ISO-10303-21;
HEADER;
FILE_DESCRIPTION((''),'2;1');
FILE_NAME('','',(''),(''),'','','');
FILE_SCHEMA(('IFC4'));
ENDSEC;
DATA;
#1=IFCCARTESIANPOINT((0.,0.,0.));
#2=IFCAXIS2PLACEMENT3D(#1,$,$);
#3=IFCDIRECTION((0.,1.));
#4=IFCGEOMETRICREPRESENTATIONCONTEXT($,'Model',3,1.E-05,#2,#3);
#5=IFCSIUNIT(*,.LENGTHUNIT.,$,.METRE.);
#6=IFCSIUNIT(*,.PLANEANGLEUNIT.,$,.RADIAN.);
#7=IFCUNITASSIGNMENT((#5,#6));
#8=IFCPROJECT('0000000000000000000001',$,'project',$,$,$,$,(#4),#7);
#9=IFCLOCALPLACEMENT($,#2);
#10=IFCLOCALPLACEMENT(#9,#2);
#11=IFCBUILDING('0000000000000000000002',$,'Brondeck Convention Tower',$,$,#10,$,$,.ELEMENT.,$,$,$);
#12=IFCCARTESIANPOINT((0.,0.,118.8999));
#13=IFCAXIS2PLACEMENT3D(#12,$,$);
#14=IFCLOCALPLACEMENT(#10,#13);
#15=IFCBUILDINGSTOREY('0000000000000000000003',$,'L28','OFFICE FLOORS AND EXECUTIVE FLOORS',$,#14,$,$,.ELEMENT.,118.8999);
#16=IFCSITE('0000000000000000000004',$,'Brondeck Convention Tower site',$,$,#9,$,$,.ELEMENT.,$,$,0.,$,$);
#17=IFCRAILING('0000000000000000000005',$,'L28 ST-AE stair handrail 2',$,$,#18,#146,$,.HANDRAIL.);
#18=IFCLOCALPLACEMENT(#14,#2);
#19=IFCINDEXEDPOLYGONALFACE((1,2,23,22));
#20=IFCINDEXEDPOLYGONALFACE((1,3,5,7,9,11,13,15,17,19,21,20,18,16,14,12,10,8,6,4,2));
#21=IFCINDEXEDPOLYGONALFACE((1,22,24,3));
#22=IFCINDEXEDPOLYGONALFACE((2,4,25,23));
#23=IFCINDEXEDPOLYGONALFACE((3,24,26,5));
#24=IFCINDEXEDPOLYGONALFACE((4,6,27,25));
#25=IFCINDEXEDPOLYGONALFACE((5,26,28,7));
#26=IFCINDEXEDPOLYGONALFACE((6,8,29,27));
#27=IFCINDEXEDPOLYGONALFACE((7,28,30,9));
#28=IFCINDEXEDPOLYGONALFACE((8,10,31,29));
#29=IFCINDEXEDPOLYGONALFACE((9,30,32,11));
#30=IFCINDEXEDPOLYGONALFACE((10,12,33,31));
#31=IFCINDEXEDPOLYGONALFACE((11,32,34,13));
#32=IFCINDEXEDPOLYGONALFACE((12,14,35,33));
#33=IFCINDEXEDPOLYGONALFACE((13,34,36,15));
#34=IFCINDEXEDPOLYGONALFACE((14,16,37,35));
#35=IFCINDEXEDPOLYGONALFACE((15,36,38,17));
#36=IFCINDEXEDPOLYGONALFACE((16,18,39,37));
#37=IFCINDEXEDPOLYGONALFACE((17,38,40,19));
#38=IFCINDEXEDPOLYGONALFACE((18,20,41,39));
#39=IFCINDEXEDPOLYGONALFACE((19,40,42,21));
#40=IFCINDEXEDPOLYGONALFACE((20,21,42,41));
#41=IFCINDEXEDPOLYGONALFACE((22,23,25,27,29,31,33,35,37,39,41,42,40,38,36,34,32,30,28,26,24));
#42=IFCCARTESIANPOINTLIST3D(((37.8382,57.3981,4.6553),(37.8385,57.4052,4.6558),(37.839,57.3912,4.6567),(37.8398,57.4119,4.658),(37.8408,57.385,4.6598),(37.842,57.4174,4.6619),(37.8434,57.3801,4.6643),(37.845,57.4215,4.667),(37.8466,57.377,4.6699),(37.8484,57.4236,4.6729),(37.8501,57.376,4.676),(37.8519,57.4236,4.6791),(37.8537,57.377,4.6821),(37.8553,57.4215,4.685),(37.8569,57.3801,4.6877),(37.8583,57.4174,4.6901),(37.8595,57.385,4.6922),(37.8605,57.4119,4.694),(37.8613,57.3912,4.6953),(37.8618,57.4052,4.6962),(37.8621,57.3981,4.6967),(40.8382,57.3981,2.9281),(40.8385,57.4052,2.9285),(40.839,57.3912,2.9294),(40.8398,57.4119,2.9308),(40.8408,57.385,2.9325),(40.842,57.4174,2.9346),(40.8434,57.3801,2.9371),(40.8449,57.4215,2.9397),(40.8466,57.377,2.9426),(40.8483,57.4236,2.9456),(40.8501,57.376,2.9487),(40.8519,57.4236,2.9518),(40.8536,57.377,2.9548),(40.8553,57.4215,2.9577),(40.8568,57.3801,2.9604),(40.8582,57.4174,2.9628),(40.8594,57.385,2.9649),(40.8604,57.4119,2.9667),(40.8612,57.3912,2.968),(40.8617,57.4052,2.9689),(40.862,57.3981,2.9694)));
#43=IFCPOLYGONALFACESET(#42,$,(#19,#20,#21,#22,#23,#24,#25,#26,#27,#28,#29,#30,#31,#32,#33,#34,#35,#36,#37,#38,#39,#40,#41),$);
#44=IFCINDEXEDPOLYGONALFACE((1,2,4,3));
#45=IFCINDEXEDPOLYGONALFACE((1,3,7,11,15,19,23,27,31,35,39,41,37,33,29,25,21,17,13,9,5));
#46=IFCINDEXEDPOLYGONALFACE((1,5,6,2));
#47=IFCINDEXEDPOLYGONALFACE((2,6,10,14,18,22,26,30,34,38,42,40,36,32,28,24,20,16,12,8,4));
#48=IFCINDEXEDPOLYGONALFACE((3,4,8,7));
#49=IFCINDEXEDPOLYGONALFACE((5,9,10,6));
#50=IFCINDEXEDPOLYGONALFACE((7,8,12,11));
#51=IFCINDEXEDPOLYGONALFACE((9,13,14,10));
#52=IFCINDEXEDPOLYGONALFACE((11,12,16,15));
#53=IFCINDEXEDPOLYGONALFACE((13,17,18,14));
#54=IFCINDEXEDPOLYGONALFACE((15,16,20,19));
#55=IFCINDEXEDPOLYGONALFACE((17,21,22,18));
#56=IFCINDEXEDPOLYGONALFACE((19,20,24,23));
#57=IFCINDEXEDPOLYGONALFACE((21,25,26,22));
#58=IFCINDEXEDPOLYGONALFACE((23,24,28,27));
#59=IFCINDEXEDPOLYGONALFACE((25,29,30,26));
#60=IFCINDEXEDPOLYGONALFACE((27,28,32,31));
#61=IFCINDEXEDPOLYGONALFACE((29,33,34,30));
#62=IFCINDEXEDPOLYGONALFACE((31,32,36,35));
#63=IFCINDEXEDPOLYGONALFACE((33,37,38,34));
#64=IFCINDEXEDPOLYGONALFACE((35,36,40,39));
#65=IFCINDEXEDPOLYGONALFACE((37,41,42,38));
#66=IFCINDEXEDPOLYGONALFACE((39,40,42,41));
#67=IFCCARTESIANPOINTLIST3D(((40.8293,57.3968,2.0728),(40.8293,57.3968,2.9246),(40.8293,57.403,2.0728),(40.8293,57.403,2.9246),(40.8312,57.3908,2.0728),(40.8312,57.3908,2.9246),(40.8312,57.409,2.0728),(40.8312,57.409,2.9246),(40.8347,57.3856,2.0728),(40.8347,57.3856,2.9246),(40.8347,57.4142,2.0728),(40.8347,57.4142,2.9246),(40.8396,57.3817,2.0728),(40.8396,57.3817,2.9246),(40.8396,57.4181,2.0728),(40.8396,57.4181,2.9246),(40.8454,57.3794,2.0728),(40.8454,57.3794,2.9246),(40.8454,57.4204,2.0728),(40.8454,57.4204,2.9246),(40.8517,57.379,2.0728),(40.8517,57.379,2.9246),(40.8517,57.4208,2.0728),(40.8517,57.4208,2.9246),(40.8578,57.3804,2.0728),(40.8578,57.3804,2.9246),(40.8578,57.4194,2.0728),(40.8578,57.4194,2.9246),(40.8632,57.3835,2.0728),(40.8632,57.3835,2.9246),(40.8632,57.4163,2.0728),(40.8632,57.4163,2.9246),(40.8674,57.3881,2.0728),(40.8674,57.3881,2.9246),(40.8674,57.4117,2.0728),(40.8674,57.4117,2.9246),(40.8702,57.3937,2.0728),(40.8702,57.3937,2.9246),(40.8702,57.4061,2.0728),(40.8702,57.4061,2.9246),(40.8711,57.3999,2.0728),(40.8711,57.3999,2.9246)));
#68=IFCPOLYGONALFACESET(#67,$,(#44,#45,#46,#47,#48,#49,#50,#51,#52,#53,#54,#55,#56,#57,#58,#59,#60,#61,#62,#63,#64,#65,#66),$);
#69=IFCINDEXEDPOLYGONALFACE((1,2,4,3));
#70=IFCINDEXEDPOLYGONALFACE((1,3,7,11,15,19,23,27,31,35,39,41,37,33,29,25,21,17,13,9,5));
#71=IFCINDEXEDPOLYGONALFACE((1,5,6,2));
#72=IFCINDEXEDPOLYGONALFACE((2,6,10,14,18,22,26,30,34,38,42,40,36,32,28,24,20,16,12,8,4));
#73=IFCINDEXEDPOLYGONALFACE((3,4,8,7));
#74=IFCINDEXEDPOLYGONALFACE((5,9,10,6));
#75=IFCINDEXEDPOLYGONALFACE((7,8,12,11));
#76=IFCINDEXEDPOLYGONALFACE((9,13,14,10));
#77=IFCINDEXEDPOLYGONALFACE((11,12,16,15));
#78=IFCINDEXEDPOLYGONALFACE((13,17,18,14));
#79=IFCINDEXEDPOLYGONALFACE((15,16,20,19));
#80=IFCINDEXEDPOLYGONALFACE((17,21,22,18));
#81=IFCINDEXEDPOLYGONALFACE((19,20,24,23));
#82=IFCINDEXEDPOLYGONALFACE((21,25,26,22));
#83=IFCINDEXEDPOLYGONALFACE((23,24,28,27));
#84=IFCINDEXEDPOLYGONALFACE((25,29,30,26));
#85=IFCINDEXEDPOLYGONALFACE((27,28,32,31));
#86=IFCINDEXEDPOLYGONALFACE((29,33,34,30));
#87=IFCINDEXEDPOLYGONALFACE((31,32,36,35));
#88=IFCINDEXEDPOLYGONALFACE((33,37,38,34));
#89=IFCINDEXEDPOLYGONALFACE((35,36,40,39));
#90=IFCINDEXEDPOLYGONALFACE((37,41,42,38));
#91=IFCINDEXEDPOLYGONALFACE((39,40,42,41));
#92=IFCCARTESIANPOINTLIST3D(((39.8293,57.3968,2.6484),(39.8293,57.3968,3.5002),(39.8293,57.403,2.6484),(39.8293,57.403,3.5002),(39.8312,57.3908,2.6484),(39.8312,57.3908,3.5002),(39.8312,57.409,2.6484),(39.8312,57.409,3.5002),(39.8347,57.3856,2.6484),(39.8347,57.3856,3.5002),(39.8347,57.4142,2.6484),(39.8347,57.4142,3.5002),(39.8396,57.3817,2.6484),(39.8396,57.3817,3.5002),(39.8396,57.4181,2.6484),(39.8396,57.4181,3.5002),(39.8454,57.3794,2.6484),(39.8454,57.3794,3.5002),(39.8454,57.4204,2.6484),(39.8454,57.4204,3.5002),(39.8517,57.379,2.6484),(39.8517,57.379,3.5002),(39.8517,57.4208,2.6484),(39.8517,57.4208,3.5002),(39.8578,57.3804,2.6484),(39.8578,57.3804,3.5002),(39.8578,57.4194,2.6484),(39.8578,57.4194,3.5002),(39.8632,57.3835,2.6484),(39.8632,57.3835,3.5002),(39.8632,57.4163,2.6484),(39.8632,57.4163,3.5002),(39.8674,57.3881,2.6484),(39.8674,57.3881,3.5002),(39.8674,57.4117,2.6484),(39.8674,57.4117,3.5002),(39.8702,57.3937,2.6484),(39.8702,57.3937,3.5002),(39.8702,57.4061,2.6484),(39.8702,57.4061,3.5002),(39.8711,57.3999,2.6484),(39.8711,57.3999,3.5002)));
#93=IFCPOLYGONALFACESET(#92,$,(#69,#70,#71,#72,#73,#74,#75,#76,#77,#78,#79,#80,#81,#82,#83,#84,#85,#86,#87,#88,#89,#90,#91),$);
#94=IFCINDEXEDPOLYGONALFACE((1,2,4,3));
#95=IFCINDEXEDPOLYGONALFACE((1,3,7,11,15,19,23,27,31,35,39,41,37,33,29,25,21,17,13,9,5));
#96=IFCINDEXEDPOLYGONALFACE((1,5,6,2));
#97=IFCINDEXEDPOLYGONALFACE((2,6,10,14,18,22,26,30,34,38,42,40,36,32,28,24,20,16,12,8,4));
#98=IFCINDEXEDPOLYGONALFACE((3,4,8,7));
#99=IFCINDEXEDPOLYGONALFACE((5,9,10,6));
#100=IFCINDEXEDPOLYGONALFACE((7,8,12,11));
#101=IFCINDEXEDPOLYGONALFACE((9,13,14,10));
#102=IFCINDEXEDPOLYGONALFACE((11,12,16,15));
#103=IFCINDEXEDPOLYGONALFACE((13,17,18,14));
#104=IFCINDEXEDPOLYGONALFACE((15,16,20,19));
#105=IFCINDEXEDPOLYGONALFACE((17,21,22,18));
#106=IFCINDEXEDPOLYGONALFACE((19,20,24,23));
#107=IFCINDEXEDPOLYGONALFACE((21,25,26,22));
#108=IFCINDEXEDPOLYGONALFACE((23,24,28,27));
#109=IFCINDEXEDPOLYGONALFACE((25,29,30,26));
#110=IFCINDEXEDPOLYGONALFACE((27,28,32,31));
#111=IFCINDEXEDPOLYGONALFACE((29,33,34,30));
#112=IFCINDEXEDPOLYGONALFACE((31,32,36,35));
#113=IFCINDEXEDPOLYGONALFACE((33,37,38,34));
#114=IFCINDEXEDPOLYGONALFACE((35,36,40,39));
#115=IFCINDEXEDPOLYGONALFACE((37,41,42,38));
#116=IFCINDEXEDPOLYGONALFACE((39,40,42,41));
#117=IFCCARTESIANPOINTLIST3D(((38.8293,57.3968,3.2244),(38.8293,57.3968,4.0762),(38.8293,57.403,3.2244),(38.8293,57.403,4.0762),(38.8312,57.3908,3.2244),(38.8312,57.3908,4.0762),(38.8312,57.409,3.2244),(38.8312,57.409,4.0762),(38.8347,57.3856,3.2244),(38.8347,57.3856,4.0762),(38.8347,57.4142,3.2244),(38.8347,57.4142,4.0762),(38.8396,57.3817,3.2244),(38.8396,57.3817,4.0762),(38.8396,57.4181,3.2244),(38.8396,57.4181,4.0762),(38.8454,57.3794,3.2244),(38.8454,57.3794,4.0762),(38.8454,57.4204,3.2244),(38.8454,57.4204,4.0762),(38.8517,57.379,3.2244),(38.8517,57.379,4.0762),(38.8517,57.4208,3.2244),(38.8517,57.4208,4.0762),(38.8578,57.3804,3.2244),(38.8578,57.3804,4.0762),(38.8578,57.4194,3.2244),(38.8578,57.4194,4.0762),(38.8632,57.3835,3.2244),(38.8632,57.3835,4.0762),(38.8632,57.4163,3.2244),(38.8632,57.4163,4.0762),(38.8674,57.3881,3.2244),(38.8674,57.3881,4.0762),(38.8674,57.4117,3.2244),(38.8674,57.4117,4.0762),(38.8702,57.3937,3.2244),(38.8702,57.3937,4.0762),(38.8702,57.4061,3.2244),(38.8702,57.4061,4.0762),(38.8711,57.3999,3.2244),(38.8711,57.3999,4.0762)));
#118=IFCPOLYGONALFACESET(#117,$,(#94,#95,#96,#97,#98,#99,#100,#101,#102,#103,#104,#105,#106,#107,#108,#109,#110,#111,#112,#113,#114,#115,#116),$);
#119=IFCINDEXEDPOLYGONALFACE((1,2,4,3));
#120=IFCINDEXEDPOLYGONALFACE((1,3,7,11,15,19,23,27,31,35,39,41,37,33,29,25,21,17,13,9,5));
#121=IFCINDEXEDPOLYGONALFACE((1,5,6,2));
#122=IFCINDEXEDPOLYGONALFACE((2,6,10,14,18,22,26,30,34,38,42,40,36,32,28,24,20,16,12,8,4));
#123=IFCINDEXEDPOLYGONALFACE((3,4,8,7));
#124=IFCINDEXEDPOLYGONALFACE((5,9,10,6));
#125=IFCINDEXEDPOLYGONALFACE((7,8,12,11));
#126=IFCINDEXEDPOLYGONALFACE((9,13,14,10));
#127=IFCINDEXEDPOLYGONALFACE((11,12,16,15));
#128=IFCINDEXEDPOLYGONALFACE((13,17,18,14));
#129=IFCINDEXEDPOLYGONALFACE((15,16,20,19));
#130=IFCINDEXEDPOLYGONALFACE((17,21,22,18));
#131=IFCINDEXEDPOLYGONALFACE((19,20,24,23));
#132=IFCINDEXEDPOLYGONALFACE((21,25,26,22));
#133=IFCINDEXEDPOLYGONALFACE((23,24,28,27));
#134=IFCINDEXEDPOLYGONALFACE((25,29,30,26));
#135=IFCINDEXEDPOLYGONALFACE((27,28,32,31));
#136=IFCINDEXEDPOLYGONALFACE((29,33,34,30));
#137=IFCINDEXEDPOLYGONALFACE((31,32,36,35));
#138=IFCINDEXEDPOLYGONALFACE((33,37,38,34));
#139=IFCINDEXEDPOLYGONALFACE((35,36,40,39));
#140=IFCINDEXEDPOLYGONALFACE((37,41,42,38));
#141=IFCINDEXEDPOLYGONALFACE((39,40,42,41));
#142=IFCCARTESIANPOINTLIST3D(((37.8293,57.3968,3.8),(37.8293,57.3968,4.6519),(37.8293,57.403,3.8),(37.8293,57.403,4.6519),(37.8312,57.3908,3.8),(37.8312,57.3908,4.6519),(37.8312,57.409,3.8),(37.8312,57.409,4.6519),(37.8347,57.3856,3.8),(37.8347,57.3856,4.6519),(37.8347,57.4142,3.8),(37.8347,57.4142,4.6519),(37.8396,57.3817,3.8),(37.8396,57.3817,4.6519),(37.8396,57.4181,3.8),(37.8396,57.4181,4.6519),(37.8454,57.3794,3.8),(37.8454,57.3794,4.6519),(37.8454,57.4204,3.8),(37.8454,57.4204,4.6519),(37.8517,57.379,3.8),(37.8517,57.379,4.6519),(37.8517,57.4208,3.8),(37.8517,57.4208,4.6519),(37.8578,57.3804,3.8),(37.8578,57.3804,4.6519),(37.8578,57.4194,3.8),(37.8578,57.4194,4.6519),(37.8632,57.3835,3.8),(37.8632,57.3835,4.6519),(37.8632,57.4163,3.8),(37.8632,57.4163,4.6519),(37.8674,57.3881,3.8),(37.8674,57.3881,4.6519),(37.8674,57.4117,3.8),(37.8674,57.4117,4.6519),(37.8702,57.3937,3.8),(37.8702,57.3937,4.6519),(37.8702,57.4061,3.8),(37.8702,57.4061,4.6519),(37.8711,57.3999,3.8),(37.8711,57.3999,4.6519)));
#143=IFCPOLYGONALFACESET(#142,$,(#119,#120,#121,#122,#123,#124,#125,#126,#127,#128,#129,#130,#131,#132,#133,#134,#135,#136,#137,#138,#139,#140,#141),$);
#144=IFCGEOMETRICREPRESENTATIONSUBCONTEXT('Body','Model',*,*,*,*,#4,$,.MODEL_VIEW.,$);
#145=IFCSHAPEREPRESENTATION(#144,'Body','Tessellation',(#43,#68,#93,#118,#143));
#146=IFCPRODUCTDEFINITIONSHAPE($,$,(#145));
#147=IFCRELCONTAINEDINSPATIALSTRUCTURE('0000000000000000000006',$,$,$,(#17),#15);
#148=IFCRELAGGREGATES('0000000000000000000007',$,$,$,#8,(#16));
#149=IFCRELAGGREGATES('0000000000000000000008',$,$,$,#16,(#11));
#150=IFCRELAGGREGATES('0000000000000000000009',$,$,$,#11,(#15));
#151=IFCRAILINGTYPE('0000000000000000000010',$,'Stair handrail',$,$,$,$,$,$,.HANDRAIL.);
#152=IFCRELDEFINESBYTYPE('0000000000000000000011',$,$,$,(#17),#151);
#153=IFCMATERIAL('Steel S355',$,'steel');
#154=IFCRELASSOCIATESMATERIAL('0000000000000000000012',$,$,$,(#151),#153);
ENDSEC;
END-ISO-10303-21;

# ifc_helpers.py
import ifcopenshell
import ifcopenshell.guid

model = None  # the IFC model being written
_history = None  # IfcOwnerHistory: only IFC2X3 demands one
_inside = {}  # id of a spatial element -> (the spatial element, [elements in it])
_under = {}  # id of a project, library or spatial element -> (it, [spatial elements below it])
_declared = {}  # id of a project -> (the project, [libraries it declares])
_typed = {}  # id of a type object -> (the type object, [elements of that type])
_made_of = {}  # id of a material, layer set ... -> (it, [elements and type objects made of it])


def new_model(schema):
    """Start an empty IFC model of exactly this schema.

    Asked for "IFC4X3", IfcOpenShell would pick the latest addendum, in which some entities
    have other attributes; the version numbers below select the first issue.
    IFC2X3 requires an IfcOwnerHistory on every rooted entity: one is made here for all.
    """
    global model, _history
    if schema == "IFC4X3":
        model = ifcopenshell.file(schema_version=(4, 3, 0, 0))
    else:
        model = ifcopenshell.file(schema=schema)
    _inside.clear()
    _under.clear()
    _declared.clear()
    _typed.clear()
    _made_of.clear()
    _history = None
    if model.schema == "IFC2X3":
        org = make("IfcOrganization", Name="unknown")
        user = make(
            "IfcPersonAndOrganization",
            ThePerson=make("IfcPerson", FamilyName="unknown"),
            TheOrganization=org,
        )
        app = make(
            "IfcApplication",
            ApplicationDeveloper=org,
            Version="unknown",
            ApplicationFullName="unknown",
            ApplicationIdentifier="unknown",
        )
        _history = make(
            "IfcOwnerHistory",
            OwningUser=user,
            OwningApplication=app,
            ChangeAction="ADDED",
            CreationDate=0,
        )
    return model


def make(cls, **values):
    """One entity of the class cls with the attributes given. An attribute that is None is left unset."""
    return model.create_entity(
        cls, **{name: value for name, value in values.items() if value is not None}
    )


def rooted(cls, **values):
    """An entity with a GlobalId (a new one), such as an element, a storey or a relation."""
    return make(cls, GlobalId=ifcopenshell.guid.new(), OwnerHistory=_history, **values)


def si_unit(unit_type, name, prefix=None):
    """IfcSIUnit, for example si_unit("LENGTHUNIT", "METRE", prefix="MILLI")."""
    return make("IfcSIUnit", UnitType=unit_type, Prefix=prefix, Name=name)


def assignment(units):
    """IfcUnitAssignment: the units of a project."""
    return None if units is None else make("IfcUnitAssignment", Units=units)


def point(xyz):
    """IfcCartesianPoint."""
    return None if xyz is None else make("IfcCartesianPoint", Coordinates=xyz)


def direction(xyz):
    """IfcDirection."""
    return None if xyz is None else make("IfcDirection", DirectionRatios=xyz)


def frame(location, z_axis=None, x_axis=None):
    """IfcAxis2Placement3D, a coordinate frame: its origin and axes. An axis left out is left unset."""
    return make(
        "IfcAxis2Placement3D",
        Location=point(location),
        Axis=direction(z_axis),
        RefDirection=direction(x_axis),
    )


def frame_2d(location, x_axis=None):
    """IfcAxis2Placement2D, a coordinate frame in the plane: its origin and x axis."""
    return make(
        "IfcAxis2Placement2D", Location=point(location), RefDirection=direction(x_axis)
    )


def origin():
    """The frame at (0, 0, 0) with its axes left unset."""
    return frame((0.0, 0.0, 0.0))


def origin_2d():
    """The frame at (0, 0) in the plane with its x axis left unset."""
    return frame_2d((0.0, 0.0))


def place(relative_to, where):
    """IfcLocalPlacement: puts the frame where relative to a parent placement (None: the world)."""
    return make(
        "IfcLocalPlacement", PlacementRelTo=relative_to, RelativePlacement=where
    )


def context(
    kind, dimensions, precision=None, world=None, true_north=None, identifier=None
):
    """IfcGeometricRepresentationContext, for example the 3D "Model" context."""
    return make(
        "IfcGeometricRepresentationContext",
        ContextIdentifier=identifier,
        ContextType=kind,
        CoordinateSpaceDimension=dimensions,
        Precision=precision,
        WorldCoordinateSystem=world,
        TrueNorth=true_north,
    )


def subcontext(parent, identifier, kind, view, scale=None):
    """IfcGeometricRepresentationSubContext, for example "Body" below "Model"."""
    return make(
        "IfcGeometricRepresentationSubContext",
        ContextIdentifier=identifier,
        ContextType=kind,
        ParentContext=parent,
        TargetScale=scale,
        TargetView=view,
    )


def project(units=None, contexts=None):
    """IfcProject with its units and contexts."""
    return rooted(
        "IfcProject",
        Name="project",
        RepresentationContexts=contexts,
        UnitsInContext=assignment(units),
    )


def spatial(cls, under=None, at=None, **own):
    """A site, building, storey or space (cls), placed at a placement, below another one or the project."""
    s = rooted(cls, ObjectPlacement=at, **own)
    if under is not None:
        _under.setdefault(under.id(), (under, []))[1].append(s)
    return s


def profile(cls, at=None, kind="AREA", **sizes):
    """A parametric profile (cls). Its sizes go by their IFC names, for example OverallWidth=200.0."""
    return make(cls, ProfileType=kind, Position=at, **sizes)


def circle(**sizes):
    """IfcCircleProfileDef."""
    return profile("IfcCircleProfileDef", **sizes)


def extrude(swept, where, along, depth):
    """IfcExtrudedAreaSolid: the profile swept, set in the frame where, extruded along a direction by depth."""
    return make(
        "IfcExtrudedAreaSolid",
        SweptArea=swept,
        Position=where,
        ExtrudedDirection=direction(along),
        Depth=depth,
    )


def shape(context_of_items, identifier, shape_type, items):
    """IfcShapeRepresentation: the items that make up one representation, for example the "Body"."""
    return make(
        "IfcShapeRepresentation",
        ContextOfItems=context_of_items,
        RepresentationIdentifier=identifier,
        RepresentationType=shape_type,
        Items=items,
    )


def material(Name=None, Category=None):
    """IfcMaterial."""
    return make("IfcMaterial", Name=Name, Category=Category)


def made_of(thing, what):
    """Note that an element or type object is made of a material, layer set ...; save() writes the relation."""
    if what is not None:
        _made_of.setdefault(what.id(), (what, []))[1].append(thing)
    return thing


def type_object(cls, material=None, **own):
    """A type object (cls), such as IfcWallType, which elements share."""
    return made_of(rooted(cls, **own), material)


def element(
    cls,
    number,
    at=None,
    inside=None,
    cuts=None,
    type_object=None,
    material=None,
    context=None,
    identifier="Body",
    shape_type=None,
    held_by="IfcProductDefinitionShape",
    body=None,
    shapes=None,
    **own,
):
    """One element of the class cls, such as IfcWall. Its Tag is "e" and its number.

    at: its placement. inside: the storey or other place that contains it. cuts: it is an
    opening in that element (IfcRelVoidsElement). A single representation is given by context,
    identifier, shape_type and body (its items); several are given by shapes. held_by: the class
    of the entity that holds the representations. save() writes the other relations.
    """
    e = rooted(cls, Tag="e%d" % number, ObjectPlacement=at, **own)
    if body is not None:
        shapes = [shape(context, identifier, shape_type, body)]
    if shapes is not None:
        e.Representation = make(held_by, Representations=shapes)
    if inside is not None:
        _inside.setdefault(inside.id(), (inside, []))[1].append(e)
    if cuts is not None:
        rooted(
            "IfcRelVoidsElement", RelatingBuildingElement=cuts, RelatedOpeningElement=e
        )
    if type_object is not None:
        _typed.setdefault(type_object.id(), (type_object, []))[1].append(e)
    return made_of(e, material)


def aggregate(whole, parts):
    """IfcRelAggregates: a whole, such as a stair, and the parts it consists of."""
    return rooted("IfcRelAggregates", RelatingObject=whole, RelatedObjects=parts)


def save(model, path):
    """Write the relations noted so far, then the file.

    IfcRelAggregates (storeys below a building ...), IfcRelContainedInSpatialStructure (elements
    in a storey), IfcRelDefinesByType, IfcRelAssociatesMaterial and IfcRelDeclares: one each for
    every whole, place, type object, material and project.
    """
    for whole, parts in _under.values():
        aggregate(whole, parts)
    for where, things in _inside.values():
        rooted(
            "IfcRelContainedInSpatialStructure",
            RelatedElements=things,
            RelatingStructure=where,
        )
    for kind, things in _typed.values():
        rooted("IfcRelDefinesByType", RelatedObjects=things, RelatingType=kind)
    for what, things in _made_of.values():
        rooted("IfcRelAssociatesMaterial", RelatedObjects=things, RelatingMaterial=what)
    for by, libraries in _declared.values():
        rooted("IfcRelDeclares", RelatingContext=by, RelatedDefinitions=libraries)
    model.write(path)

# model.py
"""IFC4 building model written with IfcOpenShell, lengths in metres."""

from ifc_helpers import new_model, si_unit, direction, frame, origin, origin_2d, place, context, subcontext, project, spatial, circle, extrude, material, type_object, element, save


model = new_model("IFC4")

# Units and contexts
model_context = context("Model", 3, precision=1e-05, world=origin(), true_north=direction((0.0, 1.0)))
body_context = subcontext(model_context, "Body", "Model", "MODEL_VIEW")
ifc_project = project(units=[si_unit("LENGTHUNIT", "METRE"), si_unit("PLANEANGLEUNIT", "RADIAN")], contexts=[model_context])

# Site, building, storey
site_placement = place(None, origin())
site = spatial("IfcSite", under=ifc_project, at=site_placement, Name="Brondeck Convention Tower site", CompositionType="ELEMENT", RefElevation=0.0)
building_placement = place(site_placement, origin())
building = spatial("IfcBuilding", under=site, at=building_placement, Name="Brondeck Convention Tower", CompositionType="ELEMENT")
storey_placement = place(building_placement, frame((0.0, 0.0, 118.8999)))
storey = spatial("IfcBuildingStorey", under=building, at=storey_placement, Name="L28", Description="OFFICE FLOORS AND EXECUTIVE FLOORS", CompositionType="ELEMENT", Elevation=118.8999)

# Shared definitions
ifc_material_1 = material(Name="Steel S355", Category="steel")

# Railing
railing_type_1 = type_object("IfcRailingType", Name="Stair handrail", PredefinedType="HANDRAIL", material=ifc_material_1)
railing_1_placement = place(storey_placement, frame((40.8501, 57.3999, 2.0728)))
element("IfcRailing", 1, at=railing_1_placement, inside=storey, type_object=railing_type_1, Name="L28 ST-AE stair handrail 2", PredefinedType="HANDRAIL", context=body_context, shape_type="SweptSolid", body=[
    extrude(circle(Radius=0.0239, at=origin_2d()), frame((0.0, 0.0, 0.876), z_axis=(-0.86662, 0.0, 0.498969), x_axis=(0.0, -1.0, 0.0)), (0.0, 0.0, 1.0), 3.4617),
    extrude(circle(Radius=0.021, at=origin_2d()), origin(), (0.0, 0.0, 1.0), 0.8518),
    extrude(circle(Radius=0.021, at=origin_2d()), frame((-1.0, 0.0, 0.5757)), (0.0, 0.0, 1.0), 0.8518),
    extrude(circle(Radius=0.021, at=origin_2d()), frame((-2.0, 0.0, 1.1516)), (0.0, 0.0, 1.0), 0.8518),
    extrude(circle(Radius=0.021, at=origin_2d()), frame((-3.0, 0.0, 1.7273)), (0.0, 0.0, 1.0), 0.8518),
])

save(model, "model.ifc")
